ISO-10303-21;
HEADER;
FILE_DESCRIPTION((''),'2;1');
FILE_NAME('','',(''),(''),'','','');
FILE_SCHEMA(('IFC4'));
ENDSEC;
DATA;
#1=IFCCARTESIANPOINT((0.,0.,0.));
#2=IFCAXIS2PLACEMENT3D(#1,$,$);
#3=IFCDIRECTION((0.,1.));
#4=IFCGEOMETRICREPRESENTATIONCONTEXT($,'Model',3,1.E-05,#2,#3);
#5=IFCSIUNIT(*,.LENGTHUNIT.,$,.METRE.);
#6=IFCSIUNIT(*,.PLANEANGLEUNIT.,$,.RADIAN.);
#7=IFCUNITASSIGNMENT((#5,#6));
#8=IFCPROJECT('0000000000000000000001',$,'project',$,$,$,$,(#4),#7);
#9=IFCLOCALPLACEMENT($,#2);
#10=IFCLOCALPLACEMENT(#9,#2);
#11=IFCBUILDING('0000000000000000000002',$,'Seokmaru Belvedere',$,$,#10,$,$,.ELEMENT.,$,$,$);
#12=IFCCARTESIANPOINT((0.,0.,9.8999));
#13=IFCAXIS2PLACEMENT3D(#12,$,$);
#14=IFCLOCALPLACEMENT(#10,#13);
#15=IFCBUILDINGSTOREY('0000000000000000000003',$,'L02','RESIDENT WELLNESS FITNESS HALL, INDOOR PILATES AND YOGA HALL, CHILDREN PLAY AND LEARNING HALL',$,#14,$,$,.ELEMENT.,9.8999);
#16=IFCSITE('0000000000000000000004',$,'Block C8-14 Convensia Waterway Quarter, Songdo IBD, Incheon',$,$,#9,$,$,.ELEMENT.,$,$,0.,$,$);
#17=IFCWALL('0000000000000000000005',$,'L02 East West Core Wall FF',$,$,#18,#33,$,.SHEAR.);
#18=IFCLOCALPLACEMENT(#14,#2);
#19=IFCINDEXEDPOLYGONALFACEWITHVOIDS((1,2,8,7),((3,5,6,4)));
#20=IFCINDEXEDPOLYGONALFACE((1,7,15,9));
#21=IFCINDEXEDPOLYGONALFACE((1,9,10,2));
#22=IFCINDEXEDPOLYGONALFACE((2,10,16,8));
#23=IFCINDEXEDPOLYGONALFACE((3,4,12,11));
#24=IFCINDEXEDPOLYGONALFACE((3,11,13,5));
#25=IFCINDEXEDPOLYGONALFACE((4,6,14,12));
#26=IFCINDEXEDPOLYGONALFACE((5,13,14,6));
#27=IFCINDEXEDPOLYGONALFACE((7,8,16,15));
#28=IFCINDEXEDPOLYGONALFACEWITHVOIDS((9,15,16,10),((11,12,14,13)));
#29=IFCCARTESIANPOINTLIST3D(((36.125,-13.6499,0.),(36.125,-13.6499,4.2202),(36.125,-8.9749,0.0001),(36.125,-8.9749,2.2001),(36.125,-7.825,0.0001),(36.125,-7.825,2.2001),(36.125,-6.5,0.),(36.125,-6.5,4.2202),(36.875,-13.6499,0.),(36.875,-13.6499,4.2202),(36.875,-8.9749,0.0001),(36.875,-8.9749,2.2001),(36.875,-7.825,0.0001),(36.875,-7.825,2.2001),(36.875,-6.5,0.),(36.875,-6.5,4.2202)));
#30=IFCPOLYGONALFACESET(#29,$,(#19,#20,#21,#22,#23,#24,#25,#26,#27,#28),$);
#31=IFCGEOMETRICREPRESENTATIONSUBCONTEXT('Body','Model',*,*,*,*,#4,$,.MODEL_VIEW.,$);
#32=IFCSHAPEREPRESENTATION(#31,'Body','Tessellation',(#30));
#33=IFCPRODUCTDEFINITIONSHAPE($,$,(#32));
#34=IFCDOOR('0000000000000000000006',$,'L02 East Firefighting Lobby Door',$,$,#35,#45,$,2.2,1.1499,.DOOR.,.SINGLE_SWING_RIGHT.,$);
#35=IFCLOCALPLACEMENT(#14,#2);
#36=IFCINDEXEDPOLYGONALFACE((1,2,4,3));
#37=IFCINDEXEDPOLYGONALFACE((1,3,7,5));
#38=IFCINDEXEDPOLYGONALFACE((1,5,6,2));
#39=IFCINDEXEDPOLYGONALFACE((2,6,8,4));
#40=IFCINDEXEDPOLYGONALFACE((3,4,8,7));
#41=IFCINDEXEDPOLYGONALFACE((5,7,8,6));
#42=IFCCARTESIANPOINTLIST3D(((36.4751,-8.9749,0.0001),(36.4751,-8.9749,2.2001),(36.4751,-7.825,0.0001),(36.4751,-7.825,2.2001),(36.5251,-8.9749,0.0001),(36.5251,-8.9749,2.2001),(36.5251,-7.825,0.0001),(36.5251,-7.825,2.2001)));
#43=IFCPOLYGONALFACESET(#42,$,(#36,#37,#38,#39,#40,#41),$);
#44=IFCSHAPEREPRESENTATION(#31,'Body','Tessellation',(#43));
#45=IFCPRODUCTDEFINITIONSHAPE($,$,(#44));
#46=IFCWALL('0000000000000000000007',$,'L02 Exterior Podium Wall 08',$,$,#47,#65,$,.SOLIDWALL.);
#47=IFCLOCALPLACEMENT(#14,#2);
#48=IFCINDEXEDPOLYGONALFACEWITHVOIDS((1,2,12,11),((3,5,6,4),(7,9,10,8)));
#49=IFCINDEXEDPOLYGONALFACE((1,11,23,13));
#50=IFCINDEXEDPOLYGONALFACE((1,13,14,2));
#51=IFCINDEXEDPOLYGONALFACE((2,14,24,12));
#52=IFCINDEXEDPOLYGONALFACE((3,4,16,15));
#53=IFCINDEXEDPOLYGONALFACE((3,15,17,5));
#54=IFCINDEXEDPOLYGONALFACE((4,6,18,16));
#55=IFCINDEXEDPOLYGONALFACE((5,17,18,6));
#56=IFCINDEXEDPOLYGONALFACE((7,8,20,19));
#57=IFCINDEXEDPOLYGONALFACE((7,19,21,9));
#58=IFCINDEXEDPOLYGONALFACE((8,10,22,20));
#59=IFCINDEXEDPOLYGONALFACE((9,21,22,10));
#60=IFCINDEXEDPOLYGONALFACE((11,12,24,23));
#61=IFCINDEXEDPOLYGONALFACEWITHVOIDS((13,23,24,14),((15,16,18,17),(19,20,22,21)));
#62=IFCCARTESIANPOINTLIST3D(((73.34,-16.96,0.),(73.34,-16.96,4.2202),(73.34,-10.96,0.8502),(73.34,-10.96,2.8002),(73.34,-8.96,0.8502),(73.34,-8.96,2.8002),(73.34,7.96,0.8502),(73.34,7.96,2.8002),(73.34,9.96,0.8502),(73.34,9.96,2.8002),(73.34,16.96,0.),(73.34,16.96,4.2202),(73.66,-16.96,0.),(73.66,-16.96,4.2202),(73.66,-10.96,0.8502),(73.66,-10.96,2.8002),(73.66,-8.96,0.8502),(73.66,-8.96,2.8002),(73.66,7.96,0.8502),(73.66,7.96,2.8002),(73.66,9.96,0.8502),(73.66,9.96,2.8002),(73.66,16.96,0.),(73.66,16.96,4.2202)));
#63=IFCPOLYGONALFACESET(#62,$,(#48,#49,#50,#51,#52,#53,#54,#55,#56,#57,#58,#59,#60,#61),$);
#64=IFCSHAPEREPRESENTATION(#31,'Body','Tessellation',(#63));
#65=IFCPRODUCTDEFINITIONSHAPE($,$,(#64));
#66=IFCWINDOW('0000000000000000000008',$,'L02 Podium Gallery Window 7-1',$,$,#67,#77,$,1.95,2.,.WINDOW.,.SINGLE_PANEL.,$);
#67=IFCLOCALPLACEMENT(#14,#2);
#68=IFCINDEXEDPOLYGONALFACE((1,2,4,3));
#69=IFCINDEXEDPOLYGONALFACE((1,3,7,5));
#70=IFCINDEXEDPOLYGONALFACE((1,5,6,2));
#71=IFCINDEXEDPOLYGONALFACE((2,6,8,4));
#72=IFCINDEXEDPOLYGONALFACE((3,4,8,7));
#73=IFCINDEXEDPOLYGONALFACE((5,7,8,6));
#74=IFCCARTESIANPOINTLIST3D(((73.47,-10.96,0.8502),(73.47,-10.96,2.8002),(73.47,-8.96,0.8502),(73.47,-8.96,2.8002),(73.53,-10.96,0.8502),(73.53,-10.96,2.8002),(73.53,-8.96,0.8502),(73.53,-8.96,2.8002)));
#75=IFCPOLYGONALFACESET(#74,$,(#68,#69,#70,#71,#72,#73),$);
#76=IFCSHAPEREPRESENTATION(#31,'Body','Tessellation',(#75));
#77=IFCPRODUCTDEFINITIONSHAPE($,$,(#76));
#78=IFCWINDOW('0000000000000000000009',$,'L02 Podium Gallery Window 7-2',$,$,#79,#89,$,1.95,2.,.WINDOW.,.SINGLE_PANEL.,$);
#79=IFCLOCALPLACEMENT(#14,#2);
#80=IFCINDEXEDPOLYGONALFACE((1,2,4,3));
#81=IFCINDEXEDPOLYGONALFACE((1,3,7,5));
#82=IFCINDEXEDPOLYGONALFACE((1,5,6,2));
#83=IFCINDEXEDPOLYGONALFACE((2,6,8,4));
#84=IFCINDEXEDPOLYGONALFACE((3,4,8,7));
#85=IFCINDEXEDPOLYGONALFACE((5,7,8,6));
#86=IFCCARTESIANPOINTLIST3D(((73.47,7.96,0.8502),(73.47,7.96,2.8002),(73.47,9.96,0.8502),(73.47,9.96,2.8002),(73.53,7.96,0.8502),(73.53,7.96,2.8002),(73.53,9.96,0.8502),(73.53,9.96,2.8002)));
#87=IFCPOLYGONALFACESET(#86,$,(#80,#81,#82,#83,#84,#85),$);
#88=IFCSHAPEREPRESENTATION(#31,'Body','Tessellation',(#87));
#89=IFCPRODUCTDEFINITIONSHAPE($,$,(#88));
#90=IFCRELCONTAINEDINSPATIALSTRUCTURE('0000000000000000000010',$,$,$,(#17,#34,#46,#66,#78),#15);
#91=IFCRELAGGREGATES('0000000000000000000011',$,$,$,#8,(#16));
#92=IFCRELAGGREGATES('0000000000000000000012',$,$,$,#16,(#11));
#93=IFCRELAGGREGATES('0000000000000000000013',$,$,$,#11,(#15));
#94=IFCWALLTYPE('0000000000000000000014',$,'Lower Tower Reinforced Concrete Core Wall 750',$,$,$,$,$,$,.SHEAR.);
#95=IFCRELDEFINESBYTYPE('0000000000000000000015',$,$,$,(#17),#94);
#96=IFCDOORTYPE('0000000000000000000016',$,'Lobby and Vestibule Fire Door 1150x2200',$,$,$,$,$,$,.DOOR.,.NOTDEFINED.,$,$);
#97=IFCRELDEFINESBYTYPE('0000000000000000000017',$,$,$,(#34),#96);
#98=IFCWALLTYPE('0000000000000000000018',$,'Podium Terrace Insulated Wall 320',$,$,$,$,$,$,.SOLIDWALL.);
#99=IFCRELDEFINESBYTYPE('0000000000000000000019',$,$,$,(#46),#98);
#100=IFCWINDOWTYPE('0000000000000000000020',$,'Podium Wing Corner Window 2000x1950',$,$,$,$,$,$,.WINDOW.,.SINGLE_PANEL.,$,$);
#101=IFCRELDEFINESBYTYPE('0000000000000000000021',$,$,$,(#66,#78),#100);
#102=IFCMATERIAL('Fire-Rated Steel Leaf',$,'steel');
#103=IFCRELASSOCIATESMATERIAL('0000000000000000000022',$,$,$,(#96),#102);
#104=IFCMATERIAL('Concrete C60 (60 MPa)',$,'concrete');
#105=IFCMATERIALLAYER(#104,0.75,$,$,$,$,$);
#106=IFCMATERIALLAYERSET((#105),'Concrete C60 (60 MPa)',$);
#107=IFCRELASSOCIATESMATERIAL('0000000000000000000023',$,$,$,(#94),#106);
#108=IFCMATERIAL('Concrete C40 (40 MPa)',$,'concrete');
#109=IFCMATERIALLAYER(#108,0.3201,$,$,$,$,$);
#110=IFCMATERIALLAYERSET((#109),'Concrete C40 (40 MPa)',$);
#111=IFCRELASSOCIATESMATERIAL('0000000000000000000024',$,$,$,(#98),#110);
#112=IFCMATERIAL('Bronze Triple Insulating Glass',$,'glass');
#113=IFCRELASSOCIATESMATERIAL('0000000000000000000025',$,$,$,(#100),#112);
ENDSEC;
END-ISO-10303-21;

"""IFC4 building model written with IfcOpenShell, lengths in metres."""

from ifc_helpers import new_model, si_unit, direction, frame, frame_2d, origin, place, context, subcontext, project, spatial, rectangle, extrude, source, transform, mapped, material, layer, layer_set, type_object, type_shapes, element, fill, save


model = new_model("IFC4")

# Units and contexts
model_context = context("Model", 3, precision=1e-05, world=origin(), true_north=direction((0.0, 1.0)))
body_context = subcontext(model_context, "Body", "Model", "MODEL_VIEW")
ifc_project = project(units=[si_unit("LENGTHUNIT", "METRE"), si_unit("PLANEANGLEUNIT", "RADIAN")], contexts=[model_context])

# Site, building, storey
site_placement = place(None, origin())
site = spatial("IfcSite", under=ifc_project, at=site_placement, Name="Block C8-14 Convensia Waterway Quarter, Songdo IBD, Incheon", CompositionType="ELEMENT", RefElevation=0.0)
building_placement = place(site_placement, origin())
building = spatial("IfcBuilding", under=site, at=building_placement, Name="Seokmaru Belvedere", CompositionType="ELEMENT")
storey_placement = place(building_placement, frame((0.0, 0.0, 9.8999)))
storey = spatial("IfcBuildingStorey", under=building, at=storey_placement, Name="L02", Description="RESIDENT WELLNESS FITNESS HALL, INDOOR PILATES AND YOGA HALL, CHILDREN PLAY AND LEARNING HALL", CompositionType="ELEMENT", Elevation=9.8999)

# Wall, opening, door
ifc_material_1 = material(Name="Fire-Rated Steel Leaf", Category="steel")
door_type_1 = type_object("IfcDoorType", Name="Lobby and Vestibule Fire Door 1150x2200", OperationType="NOTDEFINED", PredefinedType="DOOR", material=ifc_material_1)
shared_shape_1 = source(origin(), body_context, "Body", "SweptSolid", [
    extrude(rectangle(XDim=1.1499, YDim=2.2, at=frame_2d((0.575, 1.1001))), frame((0.0, 0.0249, 0.0), z_axis=(0.0, -1.0, 0.0), x_axis=(1.0, 0.0, 0.0)), (0.0, 0.0, 1.0), 0.05),
])
type_shapes(door_type_1, [shared_shape_1])
ifc_material_2 = material(Name="Concrete C60 (60 MPa)", Category="concrete")
ifc_layer_1 = layer(ifc_material_2, 0.75)
ifc_layer_set_1 = layer_set([ifc_layer_1], Name="Concrete C60 (60 MPa)")
wall_type_1 = type_object("IfcWallType", Name="Lower Tower Reinforced Concrete Core Wall 750", PredefinedType="SHEAR", material=ifc_layer_set_1)
wall_1_placement = place(storey_placement, frame((36.5, -13.6499, 0.0), z_axis=(0.0, 0.0, 1.0), x_axis=(0.0, 1.0, 0.0)))
wall_1 = element("IfcWall", 1, at=wall_1_placement, inside=storey, type_object=wall_type_1, Name="L02 East West Core Wall FF", PredefinedType="SHEAR", context=body_context, shape_type="SweptSolid", body=[
    extrude(rectangle(XDim=7.1499, YDim=0.75, at=frame_2d((3.575, 0.0))), origin(), (0.0, 0.0, 1.0), 4.2202),
])
opening_1_placement = place(wall_1_placement, frame((4.675, 0.0, 0.0)))
opening_1 = element("IfcOpeningElement", 2, at=opening_1_placement, cuts=wall_1, PredefinedType="OPENING", context=body_context, shape_type="SweptSolid", body=[
    extrude(rectangle(XDim=1.1499, YDim=2.2, at=frame_2d((0.575, 1.1001))), frame((0.0, 0.385, 0.0), z_axis=(0.0, -1.0, 0.0), x_axis=(1.0, 0.0, 0.0)), (0.0, 0.0, 1.0), 0.77),
])
door_1_placement = place(opening_1_placement, origin())
door_1 = element("IfcDoor", 3, at=door_1_placement, inside=storey, type_object=door_type_1, Name="L02 East Firefighting Lobby Door", OperationType="SINGLE_SWING_RIGHT", OverallHeight=2.2, OverallWidth=1.1499, PredefinedType="DOOR", context=body_context, shape_type="MappedRepresentation", body=[
    mapped(shared_shape_1, transform((0.0, 0.0, 0.0), scale=1.0)),
])
fill(opening_1, door_1)

# Wall, openings, windows
ifc_material_3 = material(Name="Concrete C40 (40 MPa)", Category="concrete")
ifc_layer_2 = layer(ifc_material_3, 0.3201)
ifc_layer_set_2 = layer_set([ifc_layer_2], Name="Concrete C40 (40 MPa)")
wall_type_2 = type_object("IfcWallType", Name="Podium Terrace Insulated Wall 320", PredefinedType="SOLIDWALL", material=ifc_layer_set_2)
wall_2_placement = place(storey_placement, frame((73.5, -16.96, 0.0), z_axis=(0.0, 0.0, 1.0), x_axis=(0.0, 1.0, 0.0)))
wall_2 = element("IfcWall", 4, at=wall_2_placement, inside=storey, type_object=wall_type_2, Name="L02 Exterior Podium Wall 08", PredefinedType="SOLIDWALL", context=body_context, shape_type="SweptSolid", body=[
    extrude(rectangle(XDim=33.9199, YDim=0.3201, at=frame_2d((16.96, 0.0))), origin(), (0.0, 0.0, 1.0), 4.2202),
])
opening_2_placement = place(wall_2_placement, frame((6.0, 0.0, 0.8501)))
opening_2 = element("IfcOpeningElement", 5, at=opening_2_placement, cuts=wall_2, PredefinedType="OPENING", context=body_context, shape_type="SweptSolid", body=[
    extrude(rectangle(XDim=2.0, YDim=1.95, at=frame_2d((1.0, 0.9751))), frame((0.0, 0.1699, 0.0), z_axis=(0.0, -1.0, 0.0), x_axis=(1.0, 0.0, 0.0)), (0.0, 0.0, 1.0), 0.3401),
])
opening_3_placement = place(wall_2_placement, frame((24.9199, 0.0, 0.8501)))
opening_3 = element("IfcOpeningElement", 6, at=opening_3_placement, cuts=wall_2, PredefinedType="OPENING", context=body_context, shape_type="SweptSolid", body=[
    extrude(rectangle(XDim=2.0, YDim=1.95, at=frame_2d((1.0, 0.9751))), frame((0.0, 0.1699, 0.0), z_axis=(0.0, -1.0, 0.0), x_axis=(1.0, 0.0, 0.0)), (0.0, 0.0, 1.0), 0.3401),
])
ifc_material_4 = material(Name="Bronze Triple Insulating Glass", Category="glass")
window_type = type_object("IfcWindowType", Name="Podium Wing Corner Window 2000x1950", PartitioningType="SINGLE_PANEL", PredefinedType="WINDOW", material=ifc_material_4)
shared_shape_2 = source(origin(), body_context, "Body", "SweptSolid", [
    extrude(rectangle(XDim=2.0, YDim=1.95, at=frame_2d((1.0, 0.9751))), frame((0.0, 0.03, 0.0), z_axis=(0.0, -1.0, 0.0), x_axis=(1.0, 0.0, 0.0)), (0.0, 0.0, 1.0), 0.0601),
])
type_shapes(window_type, [shared_shape_2])
window_1_placement = place(opening_2_placement, origin())
window_1 = element("IfcWindow", 7, at=window_1_placement, inside=storey, type_object=window_type, Name="L02 Podium Gallery Window 7-1", OverallHeight=1.95, OverallWidth=2.0, PartitioningType="SINGLE_PANEL", PredefinedType="WINDOW", context=body_context, shape_type="MappedRepresentation", body=[
    mapped(shared_shape_2, transform((0.0, 0.0, 0.0), scale=1.0)),
])
fill(opening_2, window_1)
window_2_placement = place(opening_3_placement, origin())
window_2 = element("IfcWindow", 8, at=window_2_placement, inside=storey, type_object=window_type, Name="L02 Podium Gallery Window 7-2", OverallHeight=1.95, OverallWidth=2.0, PartitioningType="SINGLE_PANEL", PredefinedType="WINDOW", context=body_context, shape_type="MappedRepresentation", body=[
    mapped(shared_shape_2, transform((0.0, 0.0, 0.0), scale=1.0)),
])
fill(opening_3, window_2)

save(model, "model.ifc")
